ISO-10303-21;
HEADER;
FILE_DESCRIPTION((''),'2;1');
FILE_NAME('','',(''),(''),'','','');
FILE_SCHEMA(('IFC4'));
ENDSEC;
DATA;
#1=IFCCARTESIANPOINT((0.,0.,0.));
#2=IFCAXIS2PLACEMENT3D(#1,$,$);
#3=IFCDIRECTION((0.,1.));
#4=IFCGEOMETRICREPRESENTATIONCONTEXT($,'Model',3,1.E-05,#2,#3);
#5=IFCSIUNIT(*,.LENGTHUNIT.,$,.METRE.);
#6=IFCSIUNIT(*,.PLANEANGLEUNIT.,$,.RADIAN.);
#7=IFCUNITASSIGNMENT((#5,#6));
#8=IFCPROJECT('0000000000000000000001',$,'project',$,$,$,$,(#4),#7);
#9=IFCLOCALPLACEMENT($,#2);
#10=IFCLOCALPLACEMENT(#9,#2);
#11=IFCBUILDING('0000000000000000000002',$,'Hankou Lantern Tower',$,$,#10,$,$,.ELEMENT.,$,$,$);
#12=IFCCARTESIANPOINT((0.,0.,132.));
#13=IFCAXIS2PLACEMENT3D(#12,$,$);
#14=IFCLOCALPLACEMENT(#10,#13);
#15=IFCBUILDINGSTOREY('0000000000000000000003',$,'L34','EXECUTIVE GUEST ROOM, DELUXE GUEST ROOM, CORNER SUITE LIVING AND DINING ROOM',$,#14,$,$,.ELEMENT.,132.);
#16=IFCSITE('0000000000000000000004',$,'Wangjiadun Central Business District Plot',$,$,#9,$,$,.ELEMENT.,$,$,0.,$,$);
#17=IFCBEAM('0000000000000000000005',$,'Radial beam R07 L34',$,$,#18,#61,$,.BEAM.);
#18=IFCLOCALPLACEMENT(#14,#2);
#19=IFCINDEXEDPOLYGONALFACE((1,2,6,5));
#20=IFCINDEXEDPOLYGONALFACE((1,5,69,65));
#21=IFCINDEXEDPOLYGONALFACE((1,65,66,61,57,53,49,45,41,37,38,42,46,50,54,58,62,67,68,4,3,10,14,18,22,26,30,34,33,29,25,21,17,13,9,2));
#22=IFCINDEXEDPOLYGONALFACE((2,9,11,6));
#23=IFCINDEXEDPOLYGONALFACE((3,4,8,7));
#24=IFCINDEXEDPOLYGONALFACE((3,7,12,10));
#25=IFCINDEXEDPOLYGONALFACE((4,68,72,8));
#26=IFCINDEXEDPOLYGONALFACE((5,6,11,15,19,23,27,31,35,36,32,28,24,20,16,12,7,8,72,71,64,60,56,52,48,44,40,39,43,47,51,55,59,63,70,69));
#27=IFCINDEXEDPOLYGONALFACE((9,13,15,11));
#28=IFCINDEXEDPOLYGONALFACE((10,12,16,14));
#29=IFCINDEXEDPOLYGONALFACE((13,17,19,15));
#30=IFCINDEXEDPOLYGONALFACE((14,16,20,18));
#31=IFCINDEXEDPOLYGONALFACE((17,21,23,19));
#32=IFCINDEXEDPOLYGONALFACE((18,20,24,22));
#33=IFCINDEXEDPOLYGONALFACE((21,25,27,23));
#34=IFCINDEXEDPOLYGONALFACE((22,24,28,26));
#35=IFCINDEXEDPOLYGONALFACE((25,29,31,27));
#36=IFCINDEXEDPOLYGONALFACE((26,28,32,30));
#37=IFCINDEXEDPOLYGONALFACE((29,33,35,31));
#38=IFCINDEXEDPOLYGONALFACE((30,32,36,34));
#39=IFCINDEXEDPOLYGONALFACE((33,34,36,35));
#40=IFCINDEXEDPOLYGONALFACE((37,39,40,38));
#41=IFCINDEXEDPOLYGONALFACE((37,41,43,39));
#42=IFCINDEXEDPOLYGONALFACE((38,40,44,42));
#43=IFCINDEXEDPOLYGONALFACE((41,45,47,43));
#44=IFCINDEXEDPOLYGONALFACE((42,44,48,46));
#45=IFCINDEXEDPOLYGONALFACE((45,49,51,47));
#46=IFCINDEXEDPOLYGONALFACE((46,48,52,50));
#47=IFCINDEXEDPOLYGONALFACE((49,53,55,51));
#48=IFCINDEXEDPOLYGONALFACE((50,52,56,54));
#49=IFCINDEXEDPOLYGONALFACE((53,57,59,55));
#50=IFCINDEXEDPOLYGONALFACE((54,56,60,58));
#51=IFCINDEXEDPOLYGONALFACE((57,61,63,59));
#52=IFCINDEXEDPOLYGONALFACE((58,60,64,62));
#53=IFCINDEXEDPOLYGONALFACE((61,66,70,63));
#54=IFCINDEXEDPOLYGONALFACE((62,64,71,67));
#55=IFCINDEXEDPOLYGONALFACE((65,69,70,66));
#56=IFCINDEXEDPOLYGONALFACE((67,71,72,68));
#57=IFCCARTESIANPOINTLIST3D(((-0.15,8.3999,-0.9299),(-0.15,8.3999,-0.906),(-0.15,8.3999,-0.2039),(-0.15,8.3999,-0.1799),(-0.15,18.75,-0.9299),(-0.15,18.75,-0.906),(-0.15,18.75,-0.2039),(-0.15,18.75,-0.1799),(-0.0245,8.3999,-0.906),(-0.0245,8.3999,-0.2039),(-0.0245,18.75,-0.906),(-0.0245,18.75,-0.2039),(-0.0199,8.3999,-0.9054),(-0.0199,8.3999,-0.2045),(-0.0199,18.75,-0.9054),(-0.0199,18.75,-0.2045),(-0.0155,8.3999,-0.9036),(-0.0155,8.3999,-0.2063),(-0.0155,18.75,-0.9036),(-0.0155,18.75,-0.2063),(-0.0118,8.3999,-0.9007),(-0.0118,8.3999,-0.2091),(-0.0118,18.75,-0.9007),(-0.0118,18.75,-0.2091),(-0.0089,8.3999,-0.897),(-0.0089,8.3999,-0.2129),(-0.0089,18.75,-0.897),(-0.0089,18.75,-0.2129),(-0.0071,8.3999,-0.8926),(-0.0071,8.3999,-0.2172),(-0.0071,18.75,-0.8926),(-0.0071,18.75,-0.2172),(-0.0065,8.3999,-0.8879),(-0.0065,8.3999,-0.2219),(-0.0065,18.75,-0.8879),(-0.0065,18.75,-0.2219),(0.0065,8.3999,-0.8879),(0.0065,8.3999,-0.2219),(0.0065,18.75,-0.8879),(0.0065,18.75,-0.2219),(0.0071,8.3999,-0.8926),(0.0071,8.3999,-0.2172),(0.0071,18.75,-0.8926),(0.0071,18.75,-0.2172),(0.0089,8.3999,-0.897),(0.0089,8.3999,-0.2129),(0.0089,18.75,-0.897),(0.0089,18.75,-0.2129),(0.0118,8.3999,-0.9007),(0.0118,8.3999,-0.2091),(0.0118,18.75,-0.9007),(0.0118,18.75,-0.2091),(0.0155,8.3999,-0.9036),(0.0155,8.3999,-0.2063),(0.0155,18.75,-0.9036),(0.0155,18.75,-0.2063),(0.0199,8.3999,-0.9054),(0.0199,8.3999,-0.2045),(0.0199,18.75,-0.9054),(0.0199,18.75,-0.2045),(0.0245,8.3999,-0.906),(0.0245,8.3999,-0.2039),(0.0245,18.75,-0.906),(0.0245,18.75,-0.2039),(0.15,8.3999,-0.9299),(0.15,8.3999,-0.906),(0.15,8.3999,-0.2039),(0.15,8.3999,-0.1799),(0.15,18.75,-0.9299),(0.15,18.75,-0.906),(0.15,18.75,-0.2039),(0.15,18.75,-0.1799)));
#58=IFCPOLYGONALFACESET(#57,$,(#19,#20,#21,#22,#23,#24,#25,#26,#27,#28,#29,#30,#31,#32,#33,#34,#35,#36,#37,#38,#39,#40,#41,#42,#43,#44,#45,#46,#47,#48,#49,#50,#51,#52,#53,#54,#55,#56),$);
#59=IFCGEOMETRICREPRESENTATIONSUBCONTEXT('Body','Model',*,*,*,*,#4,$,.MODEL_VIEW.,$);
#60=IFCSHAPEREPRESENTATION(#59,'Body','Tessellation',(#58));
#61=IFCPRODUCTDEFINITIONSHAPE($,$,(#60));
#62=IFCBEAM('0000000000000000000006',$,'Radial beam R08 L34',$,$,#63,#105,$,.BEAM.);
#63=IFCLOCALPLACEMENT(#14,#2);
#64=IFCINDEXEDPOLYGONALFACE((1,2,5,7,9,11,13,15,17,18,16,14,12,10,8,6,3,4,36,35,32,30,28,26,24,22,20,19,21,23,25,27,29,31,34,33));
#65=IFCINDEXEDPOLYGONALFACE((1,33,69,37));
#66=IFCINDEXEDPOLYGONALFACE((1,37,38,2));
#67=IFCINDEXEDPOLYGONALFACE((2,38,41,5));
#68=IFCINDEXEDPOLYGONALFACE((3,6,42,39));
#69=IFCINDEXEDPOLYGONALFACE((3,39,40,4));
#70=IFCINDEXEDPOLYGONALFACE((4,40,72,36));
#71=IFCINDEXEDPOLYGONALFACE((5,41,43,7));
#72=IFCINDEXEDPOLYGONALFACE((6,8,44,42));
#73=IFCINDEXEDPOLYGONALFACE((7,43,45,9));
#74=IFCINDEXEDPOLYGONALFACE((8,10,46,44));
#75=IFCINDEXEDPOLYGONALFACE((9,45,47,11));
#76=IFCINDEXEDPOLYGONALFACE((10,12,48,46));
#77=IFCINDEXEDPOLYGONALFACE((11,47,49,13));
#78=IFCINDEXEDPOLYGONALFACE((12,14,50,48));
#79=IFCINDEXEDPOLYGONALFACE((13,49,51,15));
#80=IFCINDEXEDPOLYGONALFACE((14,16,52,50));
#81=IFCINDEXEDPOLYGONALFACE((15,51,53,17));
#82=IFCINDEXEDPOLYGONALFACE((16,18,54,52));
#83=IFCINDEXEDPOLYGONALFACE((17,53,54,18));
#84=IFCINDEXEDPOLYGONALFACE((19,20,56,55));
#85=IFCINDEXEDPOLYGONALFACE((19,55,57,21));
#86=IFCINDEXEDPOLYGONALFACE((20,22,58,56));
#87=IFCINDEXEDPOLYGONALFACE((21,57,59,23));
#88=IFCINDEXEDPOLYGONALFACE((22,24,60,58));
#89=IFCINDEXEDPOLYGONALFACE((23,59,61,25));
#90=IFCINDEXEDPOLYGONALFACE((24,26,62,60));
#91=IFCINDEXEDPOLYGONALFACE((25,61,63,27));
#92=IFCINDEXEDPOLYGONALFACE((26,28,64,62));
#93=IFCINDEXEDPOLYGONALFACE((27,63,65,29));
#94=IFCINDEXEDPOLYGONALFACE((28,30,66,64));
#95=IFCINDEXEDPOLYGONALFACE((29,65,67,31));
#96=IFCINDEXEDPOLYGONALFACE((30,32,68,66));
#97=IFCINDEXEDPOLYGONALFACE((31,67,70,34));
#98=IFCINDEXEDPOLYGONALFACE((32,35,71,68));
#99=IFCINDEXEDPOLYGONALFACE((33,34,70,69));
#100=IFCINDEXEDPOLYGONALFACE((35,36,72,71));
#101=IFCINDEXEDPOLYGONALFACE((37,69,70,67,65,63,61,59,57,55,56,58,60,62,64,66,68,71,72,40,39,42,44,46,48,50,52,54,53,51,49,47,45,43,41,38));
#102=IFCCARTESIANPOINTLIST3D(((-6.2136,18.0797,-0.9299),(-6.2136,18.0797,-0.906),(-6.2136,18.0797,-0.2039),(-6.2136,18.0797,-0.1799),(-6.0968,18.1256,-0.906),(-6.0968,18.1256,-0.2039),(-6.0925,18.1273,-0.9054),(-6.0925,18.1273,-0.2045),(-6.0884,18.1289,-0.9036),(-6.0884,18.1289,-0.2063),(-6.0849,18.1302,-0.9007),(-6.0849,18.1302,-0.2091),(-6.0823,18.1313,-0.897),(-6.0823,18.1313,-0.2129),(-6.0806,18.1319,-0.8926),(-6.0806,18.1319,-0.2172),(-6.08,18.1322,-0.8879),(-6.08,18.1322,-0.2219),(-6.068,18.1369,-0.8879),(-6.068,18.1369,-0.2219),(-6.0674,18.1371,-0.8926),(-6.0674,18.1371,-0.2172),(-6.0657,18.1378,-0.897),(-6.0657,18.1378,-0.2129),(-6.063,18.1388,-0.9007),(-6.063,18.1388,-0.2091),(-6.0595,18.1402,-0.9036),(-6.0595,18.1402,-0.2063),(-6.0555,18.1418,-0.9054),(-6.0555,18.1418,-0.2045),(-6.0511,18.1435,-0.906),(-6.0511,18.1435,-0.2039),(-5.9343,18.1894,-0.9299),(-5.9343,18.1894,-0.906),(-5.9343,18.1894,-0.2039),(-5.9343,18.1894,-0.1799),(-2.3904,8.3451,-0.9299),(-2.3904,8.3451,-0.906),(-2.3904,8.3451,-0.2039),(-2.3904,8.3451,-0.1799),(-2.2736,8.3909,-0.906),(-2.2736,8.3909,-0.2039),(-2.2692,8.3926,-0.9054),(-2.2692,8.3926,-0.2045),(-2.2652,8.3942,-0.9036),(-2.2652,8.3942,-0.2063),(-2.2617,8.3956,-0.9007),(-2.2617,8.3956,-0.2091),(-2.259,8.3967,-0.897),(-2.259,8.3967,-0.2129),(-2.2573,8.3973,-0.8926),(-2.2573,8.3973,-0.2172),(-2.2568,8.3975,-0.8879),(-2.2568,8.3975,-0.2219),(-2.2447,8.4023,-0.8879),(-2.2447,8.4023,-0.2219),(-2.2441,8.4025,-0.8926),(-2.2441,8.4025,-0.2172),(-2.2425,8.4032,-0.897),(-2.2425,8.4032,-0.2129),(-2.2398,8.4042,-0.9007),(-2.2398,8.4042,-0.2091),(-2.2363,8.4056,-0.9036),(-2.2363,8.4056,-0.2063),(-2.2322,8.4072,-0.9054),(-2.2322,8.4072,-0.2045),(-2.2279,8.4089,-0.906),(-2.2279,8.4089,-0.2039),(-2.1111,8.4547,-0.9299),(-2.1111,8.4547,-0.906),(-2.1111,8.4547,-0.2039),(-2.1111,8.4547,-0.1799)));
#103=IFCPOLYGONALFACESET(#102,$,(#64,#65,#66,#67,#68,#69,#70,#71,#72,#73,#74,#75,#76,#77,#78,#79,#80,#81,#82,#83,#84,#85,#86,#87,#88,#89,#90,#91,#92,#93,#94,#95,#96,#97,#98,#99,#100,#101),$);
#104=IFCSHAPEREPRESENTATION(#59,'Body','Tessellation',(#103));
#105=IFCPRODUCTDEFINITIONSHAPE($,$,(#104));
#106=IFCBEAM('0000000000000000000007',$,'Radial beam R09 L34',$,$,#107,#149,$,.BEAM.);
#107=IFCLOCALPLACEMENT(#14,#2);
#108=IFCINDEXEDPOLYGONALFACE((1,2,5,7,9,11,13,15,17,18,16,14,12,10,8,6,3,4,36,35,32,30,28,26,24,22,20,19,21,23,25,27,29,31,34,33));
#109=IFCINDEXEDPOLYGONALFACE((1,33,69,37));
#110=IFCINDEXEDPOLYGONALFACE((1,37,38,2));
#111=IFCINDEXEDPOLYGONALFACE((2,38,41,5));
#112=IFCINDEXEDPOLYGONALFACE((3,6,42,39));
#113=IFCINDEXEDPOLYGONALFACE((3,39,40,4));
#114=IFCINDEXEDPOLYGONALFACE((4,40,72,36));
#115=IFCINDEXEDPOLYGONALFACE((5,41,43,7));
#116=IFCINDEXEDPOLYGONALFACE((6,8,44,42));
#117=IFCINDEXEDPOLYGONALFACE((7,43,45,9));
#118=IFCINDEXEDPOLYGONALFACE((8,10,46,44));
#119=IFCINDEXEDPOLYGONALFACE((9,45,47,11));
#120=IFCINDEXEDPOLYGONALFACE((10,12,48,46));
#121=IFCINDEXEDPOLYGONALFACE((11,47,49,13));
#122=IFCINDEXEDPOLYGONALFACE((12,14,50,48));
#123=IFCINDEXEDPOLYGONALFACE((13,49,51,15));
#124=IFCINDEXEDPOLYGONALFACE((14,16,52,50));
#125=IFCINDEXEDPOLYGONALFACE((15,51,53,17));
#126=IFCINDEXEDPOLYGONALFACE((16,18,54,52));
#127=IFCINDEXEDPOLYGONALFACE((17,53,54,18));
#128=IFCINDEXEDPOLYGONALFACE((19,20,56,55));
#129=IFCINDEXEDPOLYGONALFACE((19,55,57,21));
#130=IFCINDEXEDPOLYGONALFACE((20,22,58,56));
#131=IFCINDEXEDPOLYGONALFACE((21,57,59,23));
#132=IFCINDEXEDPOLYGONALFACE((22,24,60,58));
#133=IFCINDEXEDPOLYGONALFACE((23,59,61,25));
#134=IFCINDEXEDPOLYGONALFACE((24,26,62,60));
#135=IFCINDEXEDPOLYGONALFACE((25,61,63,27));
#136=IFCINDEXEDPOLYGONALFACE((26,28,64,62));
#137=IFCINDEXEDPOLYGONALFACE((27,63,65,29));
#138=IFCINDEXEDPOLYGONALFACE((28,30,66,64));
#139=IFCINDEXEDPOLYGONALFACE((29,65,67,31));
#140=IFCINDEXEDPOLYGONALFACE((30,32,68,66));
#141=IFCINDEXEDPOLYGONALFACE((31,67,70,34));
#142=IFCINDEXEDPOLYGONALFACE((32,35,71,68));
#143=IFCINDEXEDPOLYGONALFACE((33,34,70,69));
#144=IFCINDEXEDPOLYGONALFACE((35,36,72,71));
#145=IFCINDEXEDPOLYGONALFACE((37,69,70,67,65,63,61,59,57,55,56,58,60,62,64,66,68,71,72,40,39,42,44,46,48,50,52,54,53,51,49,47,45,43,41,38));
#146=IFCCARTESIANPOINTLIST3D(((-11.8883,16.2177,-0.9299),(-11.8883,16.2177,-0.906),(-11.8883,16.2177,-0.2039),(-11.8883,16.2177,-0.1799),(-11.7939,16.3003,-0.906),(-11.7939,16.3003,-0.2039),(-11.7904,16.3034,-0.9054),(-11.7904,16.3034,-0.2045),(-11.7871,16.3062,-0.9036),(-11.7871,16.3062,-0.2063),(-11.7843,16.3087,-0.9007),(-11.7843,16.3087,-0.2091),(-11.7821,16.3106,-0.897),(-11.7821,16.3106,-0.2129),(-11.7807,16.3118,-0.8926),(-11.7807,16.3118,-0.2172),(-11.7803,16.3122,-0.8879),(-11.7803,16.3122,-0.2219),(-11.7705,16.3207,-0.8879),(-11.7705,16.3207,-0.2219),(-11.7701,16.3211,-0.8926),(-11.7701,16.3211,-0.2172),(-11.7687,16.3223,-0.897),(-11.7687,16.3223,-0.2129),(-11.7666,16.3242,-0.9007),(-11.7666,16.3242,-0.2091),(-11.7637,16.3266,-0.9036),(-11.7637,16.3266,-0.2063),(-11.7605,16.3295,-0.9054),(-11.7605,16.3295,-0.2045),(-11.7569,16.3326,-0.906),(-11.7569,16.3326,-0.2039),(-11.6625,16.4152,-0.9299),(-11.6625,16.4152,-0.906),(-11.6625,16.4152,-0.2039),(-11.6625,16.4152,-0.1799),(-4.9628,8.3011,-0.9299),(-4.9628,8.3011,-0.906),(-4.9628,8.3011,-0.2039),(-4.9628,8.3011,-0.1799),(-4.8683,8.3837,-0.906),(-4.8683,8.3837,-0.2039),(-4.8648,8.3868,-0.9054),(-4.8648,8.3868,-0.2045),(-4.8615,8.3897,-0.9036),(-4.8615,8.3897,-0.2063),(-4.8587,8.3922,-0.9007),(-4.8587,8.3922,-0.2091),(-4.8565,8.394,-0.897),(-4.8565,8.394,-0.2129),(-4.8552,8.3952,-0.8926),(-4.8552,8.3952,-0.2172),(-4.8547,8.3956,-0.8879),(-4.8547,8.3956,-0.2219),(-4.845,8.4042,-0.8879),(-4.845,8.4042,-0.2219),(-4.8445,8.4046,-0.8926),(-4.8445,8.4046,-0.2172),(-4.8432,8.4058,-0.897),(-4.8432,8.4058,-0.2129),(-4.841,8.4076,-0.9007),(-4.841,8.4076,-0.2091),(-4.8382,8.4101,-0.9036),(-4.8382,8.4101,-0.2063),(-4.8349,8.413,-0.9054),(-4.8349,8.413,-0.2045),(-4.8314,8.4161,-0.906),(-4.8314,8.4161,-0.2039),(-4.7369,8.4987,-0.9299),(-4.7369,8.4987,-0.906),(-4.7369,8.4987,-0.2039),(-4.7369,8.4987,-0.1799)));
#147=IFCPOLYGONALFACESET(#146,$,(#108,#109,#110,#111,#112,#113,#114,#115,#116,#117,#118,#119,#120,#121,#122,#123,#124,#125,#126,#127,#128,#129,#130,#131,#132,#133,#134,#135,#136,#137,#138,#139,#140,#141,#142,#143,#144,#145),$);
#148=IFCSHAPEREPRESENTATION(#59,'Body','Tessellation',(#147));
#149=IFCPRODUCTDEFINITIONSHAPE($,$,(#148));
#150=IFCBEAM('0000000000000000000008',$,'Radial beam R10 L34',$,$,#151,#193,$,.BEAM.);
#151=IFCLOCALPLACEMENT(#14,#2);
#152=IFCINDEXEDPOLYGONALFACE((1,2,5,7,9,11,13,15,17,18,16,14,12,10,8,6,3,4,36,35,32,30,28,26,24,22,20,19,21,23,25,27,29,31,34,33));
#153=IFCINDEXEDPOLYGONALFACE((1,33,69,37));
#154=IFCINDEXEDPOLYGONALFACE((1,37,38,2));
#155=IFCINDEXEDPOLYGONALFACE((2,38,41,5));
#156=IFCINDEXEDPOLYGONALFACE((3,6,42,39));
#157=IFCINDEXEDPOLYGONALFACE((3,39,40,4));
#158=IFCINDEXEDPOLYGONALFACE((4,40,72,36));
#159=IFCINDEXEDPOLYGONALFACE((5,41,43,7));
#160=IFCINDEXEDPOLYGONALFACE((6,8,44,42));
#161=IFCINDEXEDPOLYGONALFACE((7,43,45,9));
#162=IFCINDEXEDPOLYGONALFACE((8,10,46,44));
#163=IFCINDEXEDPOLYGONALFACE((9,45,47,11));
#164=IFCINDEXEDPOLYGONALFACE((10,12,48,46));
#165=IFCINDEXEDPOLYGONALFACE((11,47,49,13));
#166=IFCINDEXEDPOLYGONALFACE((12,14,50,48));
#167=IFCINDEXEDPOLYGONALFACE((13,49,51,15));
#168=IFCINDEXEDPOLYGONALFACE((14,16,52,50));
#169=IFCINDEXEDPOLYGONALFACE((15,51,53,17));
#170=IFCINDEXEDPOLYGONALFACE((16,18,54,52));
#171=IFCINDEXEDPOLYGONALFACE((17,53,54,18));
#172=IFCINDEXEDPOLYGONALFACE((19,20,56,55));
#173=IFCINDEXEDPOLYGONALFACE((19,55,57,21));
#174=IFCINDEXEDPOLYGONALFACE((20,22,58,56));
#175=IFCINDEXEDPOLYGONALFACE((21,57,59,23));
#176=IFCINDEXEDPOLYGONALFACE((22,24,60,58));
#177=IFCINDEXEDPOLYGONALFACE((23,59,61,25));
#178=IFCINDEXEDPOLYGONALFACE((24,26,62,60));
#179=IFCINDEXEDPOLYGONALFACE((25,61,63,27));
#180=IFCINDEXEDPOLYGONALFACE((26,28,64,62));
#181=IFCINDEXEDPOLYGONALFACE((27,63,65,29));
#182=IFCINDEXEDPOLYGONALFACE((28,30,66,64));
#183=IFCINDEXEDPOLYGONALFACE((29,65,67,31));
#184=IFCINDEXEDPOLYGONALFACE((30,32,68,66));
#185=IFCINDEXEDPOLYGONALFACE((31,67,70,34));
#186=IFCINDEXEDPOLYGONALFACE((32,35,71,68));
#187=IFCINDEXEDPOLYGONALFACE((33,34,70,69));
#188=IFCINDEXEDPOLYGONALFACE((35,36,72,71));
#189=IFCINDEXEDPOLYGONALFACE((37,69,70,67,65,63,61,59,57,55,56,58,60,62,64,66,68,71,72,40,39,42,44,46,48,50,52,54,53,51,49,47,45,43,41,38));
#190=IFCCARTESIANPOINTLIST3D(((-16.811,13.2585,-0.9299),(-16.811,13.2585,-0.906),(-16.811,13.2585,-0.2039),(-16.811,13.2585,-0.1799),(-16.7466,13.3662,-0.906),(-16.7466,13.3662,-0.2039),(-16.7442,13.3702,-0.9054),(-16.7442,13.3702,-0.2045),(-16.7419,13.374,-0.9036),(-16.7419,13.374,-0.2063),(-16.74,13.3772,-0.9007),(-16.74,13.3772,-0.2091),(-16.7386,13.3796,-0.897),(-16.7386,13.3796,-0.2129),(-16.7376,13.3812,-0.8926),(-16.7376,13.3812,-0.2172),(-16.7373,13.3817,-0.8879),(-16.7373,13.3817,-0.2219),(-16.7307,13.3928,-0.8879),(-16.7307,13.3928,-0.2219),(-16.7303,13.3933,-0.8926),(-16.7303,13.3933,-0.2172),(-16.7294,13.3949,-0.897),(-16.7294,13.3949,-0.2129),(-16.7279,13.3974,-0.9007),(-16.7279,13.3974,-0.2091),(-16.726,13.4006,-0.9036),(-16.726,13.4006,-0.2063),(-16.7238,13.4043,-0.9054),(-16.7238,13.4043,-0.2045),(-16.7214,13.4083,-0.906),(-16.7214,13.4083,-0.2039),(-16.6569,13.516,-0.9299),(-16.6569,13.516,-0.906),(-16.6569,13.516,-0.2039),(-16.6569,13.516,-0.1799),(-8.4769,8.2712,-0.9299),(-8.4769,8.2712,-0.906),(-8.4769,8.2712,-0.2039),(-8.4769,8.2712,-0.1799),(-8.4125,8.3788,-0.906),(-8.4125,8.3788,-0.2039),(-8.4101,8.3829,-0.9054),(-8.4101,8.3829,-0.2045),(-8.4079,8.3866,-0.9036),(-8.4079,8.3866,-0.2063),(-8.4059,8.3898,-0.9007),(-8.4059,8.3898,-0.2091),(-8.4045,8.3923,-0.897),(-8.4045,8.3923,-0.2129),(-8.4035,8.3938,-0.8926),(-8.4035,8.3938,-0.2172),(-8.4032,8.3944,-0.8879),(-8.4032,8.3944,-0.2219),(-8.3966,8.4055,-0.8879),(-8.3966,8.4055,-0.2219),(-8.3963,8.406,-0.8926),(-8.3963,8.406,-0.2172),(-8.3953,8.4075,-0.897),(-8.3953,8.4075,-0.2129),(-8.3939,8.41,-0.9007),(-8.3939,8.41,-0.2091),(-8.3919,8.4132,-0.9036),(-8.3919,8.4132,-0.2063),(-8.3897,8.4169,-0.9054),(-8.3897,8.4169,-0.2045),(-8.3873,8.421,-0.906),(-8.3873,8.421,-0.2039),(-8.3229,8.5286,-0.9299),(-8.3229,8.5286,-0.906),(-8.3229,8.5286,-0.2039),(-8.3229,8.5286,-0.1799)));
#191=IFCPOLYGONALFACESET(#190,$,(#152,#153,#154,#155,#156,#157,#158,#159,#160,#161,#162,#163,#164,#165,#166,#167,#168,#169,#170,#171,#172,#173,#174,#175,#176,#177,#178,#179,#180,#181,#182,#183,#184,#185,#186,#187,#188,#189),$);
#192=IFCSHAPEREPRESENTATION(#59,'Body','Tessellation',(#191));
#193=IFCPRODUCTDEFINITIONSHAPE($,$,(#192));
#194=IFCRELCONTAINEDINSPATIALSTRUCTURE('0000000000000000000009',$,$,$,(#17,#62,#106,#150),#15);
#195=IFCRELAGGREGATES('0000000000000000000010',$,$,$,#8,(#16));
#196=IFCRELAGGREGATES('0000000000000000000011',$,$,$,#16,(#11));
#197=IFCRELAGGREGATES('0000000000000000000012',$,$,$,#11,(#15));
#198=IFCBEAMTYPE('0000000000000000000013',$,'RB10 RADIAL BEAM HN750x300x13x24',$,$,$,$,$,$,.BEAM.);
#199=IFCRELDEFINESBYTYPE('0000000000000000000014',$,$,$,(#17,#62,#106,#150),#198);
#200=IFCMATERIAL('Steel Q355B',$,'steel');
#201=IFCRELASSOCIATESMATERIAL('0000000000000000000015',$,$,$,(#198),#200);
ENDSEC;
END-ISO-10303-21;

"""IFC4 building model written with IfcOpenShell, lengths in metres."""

from ifc_helpers import new_model, si_unit, direction, frame, origin, origin_2d, place, context, subcontext, project, spatial, i_section, extrude, material, material_profile, profile_set, type_object, element, save


model = new_model("IFC4")

# Units and contexts
model_context = context("Model", 3, precision=1e-05, world=origin(), true_north=direction((0.0, 1.0)))
body_context = subcontext(model_context, "Body", "Model", "MODEL_VIEW")
ifc_project = project(units=[si_unit("LENGTHUNIT", "METRE"), si_unit("PLANEANGLEUNIT", "RADIAN")], contexts=[model_context])

# Site, building, storey
site_placement = place(None, origin())
site = spatial("IfcSite", under=ifc_project, at=site_placement, Name="Wangjiadun Central Business District Plot", CompositionType="ELEMENT", RefElevation=0.0)
building_placement = place(site_placement, origin())
building = spatial("IfcBuilding", under=site, at=building_placement, Name="Hankou Lantern Tower", CompositionType="ELEMENT")
storey_placement = place(building_placement, frame((0.0, 0.0, 132.0)))
storey = spatial("IfcBuildingStorey", under=building, at=storey_placement, Name="L34", Description="EXECUTIVE GUEST ROOM, DELUXE GUEST ROOM, CORNER SUITE LIVING AND DINING ROOM", CompositionType="ELEMENT", Elevation=132.0)

# Beams
ifc_material_1 = material(Name="Steel Q355B", Category="steel")
ifc_material_profile = material_profile(ifc_material_1, i_section(OverallWidth=0.3, OverallDepth=0.75, WebThickness=0.0129, FlangeThickness=0.0239, FilletRadius=0.0181, at=origin_2d()), Name="HN750x300x13x24")
ifc_profile_set = profile_set([ifc_material_profile], Name="Steel Q355B")
beam_type = type_object("IfcBeamType", Name="RB10 RADIAL BEAM HN750x300x13x24", PredefinedType="BEAM", material=ifc_profile_set)
beam_1_placement = place(storey_placement, frame((0.0, 8.3999, -0.5549), z_axis=(0.0, 1.0, 0.0), x_axis=(-1.0, 0.0, 0.0)))
element("IfcBeam", 1, at=beam_1_placement, inside=storey, type_object=beam_type, Name="Radial beam R07 L34", PredefinedType="BEAM", context=body_context, shape_type="SweptSolid", body=[
    extrude(i_section(OverallWidth=0.3, OverallDepth=0.75, WebThickness=0.0129, FlangeThickness=0.0239, FilletRadius=0.0181, at=origin_2d()), origin(), (0.0, 0.0, 1.0), 10.3501),
])
beam_2_placement = place(storey_placement, frame((-2.2507, 8.3999, -0.5549), z_axis=(-0.365564, 0.930786, 0.0), x_axis=(-0.930786, -0.365564, 0.0)))
element("IfcBeam", 2, at=beam_2_placement, inside=storey, type_object=beam_type, Name="Radial beam R08 L34", PredefinedType="BEAM", context=body_context, shape_type="SweptSolid", body=[
    extrude(i_section(OverallWidth=0.3, OverallDepth=0.75, WebThickness=0.0129, FlangeThickness=0.0239, FilletRadius=0.0181, at=origin_2d()), origin(), (0.0, 0.0, 1.0), 10.4585),
])
beam_3_placement = place(storey_placement, frame((-4.8499, 8.3999, -0.5549), z_axis=(-0.658429, 0.752643, 0.0), x_axis=(-0.752643, -0.658429, 0.0)))
element("IfcBeam", 3, at=beam_3_placement, inside=storey, type_object=beam_type, Name="Radial beam R09 L34", PredefinedType="BEAM", context=body_context, shape_type="SweptSolid", body=[
    extrude(i_section(OverallWidth=0.3, OverallDepth=0.75, WebThickness=0.0129, FlangeThickness=0.0239, FilletRadius=0.0181, at=origin_2d()), origin(), (0.0, 0.0, 1.0), 10.5183),
])
beam_4_placement = place(storey_placement, frame((-8.3999, 8.3999, -0.5549), z_axis=(-0.858087, 0.513505, 0.0), x_axis=(-0.513505, -0.858087, 0.0)))
element("IfcBeam", 4, at=beam_4_placement, inside=storey, type_object=beam_type, Name="Radial beam R10 L34", PredefinedType="BEAM", context=body_context, shape_type="SweptSolid", body=[
    extrude(i_section(OverallWidth=0.3, OverallDepth=0.75, WebThickness=0.0129, FlangeThickness=0.0239, FilletRadius=0.0181, at=origin_2d()), origin(), (0.0, 0.0, 1.0), 9.7124),
])

save(model, "model.ifc")
